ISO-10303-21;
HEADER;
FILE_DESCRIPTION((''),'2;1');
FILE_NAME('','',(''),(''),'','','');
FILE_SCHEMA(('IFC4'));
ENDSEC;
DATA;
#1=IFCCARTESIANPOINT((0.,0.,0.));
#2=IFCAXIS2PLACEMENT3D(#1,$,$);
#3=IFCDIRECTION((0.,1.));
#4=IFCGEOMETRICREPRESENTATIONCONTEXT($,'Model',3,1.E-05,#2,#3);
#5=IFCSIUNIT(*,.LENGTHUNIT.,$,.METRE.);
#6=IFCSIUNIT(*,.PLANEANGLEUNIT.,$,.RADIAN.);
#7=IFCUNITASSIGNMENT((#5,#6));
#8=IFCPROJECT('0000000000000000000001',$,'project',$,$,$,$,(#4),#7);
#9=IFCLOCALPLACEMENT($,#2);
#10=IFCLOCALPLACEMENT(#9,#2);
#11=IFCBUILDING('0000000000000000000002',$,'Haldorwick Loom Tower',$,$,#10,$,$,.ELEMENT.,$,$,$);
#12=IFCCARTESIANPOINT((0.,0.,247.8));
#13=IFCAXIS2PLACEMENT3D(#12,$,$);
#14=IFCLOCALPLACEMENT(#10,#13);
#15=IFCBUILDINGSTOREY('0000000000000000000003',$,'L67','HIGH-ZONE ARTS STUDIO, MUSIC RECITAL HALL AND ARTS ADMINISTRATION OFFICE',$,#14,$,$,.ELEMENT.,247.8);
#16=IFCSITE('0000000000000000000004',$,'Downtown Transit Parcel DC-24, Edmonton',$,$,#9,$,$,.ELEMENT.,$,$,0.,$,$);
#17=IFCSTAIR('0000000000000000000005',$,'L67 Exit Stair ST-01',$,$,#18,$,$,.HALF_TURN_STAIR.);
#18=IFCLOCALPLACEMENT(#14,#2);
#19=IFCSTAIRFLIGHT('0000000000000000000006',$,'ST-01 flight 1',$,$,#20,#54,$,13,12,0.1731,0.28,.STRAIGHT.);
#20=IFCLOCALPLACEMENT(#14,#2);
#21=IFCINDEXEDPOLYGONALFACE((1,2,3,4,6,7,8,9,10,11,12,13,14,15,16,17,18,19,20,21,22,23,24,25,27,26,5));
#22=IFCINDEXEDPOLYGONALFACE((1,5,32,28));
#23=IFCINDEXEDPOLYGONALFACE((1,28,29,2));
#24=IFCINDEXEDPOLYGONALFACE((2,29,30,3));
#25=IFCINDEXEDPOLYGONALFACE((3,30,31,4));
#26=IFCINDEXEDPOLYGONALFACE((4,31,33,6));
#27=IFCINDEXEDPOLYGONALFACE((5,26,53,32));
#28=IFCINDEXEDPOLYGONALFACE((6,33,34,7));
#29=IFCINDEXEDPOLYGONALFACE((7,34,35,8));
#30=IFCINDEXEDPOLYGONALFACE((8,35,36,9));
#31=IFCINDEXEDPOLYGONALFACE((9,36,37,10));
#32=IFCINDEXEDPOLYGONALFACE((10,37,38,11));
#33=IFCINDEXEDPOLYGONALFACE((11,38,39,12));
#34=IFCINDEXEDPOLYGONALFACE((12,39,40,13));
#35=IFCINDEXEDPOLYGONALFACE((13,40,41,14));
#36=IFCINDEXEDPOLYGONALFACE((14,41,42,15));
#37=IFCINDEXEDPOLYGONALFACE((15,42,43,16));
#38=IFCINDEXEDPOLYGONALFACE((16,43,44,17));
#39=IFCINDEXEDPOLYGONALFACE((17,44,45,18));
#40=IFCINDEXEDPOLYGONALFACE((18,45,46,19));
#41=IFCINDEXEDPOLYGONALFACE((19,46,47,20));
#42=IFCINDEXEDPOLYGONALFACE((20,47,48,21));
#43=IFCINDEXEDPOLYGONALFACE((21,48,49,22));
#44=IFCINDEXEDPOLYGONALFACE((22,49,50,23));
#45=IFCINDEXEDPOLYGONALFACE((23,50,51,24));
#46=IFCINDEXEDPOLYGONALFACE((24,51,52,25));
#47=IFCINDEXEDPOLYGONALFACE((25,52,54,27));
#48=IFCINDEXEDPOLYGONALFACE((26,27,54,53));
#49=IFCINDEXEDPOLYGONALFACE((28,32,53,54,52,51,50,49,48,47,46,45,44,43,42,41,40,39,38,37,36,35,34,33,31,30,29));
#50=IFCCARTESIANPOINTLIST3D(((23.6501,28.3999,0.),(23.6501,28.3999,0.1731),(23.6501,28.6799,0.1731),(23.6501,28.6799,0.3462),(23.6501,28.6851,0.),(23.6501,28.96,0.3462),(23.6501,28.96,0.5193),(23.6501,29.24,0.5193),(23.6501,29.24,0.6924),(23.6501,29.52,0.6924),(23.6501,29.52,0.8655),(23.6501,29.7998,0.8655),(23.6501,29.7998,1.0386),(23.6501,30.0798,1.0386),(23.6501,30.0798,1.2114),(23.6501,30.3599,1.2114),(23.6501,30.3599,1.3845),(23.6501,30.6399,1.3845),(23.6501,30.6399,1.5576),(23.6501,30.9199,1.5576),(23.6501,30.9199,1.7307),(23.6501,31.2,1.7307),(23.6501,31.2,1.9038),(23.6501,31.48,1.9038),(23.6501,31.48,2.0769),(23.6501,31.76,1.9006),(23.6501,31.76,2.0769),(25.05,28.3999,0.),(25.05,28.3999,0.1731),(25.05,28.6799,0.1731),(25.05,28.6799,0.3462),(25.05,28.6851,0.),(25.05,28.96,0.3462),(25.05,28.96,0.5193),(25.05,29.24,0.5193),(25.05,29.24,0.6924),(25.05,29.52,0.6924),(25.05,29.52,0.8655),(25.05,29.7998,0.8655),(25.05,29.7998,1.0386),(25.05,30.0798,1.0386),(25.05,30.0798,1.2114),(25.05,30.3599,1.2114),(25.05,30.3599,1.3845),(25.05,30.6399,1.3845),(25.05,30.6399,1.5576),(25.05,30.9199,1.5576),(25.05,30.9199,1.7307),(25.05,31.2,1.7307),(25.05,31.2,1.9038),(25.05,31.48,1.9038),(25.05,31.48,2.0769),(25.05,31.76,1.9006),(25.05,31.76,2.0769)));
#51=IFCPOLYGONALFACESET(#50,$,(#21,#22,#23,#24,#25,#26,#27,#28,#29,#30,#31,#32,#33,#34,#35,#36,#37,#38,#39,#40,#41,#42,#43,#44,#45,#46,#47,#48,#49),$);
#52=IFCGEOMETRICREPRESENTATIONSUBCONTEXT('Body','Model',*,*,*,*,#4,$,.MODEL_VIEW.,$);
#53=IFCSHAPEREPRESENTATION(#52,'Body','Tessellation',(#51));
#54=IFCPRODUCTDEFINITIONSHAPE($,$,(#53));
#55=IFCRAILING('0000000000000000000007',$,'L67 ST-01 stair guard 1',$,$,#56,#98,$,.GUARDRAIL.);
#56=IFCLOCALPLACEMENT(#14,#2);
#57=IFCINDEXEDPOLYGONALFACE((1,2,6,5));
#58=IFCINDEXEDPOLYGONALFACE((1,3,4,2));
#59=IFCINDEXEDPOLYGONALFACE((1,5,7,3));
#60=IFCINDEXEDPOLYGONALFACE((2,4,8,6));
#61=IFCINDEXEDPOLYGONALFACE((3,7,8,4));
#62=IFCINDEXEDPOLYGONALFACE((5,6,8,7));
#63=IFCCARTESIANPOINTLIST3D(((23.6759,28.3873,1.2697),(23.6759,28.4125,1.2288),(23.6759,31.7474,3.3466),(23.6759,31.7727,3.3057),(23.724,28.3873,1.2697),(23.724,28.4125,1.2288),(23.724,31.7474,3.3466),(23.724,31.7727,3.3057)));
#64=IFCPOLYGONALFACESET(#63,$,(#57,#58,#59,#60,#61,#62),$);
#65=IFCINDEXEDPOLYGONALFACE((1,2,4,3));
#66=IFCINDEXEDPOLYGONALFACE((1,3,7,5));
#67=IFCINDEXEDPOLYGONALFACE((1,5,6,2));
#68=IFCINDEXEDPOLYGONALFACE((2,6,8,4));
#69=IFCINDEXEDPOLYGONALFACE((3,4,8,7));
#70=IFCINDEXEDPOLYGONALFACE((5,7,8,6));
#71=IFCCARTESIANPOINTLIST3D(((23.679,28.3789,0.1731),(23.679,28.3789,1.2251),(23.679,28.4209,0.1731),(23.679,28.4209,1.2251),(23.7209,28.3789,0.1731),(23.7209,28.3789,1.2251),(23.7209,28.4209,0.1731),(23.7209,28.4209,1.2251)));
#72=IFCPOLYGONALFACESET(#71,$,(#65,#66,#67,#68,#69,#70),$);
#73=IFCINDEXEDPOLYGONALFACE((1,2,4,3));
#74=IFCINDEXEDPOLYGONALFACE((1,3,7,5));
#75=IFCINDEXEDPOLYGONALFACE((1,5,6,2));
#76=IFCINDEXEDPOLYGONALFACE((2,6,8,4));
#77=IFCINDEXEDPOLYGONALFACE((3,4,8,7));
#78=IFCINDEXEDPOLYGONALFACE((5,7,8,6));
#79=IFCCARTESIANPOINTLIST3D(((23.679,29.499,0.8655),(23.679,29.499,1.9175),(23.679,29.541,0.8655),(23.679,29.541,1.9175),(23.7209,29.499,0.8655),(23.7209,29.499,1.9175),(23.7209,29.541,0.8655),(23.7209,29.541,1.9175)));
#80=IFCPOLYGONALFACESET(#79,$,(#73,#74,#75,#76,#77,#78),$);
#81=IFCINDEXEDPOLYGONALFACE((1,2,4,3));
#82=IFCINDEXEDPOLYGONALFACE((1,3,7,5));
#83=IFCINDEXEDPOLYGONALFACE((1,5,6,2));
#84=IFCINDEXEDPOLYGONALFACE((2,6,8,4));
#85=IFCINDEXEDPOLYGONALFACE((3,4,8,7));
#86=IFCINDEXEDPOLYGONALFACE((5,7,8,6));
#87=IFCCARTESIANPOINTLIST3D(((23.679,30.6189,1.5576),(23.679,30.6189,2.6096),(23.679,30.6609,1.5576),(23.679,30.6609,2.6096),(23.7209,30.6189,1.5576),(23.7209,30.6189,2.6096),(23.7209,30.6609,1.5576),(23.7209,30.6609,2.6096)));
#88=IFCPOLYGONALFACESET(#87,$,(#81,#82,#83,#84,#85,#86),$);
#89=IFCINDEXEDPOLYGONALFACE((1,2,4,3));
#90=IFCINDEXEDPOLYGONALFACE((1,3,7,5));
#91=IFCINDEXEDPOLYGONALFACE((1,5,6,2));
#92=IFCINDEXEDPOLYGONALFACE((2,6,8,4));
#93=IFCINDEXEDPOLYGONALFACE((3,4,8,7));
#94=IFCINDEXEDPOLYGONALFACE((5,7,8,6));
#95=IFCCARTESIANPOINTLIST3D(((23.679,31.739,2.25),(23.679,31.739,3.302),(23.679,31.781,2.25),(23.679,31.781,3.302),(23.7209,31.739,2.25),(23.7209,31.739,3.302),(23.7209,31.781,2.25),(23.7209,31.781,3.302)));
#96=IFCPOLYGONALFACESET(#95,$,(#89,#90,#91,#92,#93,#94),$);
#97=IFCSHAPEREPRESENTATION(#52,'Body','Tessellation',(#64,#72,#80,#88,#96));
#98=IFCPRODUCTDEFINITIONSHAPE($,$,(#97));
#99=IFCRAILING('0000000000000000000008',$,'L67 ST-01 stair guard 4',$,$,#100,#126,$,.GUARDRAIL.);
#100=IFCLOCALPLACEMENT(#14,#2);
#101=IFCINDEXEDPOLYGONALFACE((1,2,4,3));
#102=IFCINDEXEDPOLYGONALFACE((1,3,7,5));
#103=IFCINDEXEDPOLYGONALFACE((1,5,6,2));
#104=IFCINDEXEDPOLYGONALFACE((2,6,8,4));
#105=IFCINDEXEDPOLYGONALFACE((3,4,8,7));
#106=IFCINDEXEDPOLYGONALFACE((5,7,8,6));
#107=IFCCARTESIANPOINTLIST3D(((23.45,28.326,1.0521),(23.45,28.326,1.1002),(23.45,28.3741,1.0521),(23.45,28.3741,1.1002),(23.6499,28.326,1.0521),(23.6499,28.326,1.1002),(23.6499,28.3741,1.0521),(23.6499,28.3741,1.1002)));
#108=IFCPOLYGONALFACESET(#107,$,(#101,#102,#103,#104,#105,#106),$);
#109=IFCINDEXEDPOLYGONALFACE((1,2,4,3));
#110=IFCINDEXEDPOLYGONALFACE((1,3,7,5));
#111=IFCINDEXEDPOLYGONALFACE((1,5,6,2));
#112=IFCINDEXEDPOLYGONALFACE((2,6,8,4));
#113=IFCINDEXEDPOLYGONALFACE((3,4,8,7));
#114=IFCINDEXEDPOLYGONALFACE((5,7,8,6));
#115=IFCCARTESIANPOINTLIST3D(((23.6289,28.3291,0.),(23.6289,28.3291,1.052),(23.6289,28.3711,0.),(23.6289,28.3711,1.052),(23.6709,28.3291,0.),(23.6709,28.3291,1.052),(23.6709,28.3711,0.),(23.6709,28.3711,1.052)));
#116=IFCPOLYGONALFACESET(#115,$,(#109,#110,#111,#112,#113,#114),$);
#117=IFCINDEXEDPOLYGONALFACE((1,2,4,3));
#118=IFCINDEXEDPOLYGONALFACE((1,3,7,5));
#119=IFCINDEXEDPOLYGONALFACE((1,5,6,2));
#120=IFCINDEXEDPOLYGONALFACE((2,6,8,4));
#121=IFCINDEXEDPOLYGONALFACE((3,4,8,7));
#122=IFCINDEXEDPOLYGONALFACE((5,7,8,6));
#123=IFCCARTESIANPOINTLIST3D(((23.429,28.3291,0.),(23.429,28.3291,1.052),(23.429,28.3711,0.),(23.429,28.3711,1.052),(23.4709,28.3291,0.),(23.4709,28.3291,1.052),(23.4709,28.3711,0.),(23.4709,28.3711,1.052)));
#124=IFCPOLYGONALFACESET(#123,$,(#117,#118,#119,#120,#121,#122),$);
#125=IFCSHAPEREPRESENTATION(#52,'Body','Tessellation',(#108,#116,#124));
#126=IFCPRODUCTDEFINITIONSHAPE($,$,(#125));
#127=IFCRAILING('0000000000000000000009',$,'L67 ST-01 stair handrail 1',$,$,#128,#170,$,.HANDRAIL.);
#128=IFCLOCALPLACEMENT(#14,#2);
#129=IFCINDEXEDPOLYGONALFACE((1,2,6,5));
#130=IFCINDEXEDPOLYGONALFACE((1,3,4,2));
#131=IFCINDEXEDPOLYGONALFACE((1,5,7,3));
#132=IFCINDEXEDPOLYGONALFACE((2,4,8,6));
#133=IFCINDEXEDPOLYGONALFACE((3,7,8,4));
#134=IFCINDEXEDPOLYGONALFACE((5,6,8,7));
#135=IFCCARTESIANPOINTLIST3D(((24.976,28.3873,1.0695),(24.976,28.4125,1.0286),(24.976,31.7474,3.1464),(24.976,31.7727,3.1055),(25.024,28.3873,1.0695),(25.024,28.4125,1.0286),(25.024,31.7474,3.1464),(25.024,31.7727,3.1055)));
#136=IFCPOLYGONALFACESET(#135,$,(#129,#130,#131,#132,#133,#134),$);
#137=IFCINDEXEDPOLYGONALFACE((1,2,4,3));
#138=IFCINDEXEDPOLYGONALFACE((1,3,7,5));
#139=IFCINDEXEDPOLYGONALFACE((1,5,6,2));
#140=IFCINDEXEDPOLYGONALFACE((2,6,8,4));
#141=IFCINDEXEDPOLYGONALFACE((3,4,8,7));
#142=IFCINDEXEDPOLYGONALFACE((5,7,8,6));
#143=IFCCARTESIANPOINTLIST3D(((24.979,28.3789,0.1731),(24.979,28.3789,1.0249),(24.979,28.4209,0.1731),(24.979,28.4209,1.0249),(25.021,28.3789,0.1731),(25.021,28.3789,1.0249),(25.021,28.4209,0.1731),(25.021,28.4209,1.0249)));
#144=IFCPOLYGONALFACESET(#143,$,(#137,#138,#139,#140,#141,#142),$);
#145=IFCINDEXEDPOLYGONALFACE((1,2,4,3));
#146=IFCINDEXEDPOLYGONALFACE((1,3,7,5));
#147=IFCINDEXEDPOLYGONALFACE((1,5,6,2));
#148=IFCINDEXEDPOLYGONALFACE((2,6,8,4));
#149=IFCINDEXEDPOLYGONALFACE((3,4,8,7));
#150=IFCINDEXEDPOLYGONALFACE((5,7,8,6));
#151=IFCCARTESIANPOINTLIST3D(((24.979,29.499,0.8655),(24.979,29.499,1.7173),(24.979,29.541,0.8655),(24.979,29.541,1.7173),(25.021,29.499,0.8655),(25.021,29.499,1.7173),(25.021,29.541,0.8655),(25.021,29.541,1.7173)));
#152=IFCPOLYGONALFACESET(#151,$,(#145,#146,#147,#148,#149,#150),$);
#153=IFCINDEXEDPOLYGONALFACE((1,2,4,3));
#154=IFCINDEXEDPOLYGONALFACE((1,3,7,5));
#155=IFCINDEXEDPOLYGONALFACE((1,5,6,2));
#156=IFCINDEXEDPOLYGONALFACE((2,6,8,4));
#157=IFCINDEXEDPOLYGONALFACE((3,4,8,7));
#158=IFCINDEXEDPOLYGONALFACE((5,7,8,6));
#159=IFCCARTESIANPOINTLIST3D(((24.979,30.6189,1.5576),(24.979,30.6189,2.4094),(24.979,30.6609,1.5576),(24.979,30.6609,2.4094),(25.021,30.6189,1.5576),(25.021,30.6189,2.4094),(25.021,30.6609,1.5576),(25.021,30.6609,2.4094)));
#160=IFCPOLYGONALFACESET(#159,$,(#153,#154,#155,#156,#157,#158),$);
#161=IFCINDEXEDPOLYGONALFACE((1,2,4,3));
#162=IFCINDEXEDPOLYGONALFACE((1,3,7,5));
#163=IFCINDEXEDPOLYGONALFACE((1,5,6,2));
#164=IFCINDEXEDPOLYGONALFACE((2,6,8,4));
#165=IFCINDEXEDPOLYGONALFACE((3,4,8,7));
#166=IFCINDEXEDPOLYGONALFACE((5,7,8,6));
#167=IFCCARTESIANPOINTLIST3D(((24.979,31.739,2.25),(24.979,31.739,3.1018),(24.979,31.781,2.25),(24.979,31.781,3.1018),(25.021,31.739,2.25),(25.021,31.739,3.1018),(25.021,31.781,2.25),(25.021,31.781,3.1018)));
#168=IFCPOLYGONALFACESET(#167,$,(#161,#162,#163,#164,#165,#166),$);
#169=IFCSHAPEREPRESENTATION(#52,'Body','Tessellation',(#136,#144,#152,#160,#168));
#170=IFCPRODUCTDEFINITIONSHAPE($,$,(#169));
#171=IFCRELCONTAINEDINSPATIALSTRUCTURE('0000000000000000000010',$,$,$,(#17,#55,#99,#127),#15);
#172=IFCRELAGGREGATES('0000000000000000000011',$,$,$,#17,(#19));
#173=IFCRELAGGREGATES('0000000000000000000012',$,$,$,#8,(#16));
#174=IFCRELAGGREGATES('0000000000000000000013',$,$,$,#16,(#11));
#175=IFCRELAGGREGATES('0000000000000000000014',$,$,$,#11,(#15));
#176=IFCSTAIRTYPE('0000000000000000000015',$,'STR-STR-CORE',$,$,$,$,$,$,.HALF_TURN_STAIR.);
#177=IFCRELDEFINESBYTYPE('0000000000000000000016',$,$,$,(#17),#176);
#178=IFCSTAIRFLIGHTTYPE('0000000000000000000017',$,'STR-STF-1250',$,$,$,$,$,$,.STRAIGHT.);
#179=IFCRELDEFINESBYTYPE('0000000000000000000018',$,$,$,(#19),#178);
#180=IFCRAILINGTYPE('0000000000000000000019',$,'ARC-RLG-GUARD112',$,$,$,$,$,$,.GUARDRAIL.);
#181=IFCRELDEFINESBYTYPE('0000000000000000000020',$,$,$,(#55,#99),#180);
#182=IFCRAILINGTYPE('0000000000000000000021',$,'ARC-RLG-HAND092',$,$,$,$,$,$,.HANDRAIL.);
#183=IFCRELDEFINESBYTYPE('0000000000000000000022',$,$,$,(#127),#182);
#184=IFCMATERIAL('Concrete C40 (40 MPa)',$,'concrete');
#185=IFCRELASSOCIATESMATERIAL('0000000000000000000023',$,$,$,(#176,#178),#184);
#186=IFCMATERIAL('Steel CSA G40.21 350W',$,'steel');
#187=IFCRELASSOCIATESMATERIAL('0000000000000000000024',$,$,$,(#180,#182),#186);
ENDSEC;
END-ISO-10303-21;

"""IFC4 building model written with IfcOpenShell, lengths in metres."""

from ifc_helpers import new_model, si_unit, direction, frame, origin, origin_2d, place, context, subcontext, project, spatial, polyline, rectangle, outline, extrude, material, type_object, element, aggregate, save


model = new_model("IFC4")

# Units and contexts
model_context = context("Model", 3, precision=1e-05, world=origin(), true_north=direction((0.0, 1.0)))
body_context = subcontext(model_context, "Body", "Model", "MODEL_VIEW")
ifc_project = project(units=[si_unit("LENGTHUNIT", "METRE"), si_unit("PLANEANGLEUNIT", "RADIAN")], contexts=[model_context])

# Site, building, storey
site_placement = place(None, origin())
site = spatial("IfcSite", under=ifc_project, at=site_placement, Name="Downtown Transit Parcel DC-24, Edmonton", CompositionType="ELEMENT", RefElevation=0.0)
building_placement = place(site_placement, origin())
building = spatial("IfcBuilding", under=site, at=building_placement, Name="Haldorwick Loom Tower", CompositionType="ELEMENT")
storey_placement = place(building_placement, frame((0.0, 0.0, 247.8)))
storey = spatial("IfcBuildingStorey", under=building, at=storey_placement, Name="L67", Description="HIGH-ZONE ARTS STUDIO, MUSIC RECITAL HALL AND ARTS ADMINISTRATION OFFICE", CompositionType="ELEMENT", Elevation=247.8)

# Shared definitions
ifc_material_1 = material(Name="Steel CSA G40.21 350W", Category="steel")

# Stair, stair flight
ifc_material_2 = material(Name="Concrete C40 (40 MPa)", Category="concrete")
stair_type = type_object("IfcStairType", Name="STR-STR-CORE", PredefinedType="HALF_TURN_STAIR", material=ifc_material_2)
stair_placement = place(storey_placement, origin())
stair = element("IfcStair", 1, at=stair_placement, inside=storey, type_object=stair_type, Name="L67 Exit Stair ST-01", PredefinedType="HALF_TURN_STAIR")
stair_flight_type = type_object("IfcStairFlightType", Name="STR-STF-1250", PredefinedType="STRAIGHT", material=ifc_material_2)
stair_flight_placement = place(storey_placement, frame((24.3501, 28.3999, 0.0), z_axis=(0.0, 0.0, 1.0), x_axis=(0.0, 1.0, 0.0)))
stair_flight = element("IfcStairFlight", 2, at=stair_flight_placement, type_object=stair_flight_type, Name="ST-01 flight 1", NumberOfRisers=13, NumberOfTreads=12, PredefinedType="STRAIGHT", RiserHeight=0.1731, TreadLength=0.28, context=body_context, shape_type="SweptSolid", body=[
    extrude(outline(polyline([(0.0, 0.0), (0.0, 0.1731), (0.28, 0.1731), (0.28, 0.3462), (0.5601, 0.3462), (0.5601, 0.5193), (0.8401, 0.5193), (0.8401, 0.6924), (1.1201, 0.6924), (1.1201, 0.8655), (1.3999, 0.8655), (1.3999, 1.0386), (1.6799, 1.0386), (1.6799, 1.2114), (1.96, 1.2114), (1.96, 1.3845), (2.24, 1.3845), (2.24, 1.5576), (2.52, 1.5576), (2.52, 1.7307), (2.8, 1.7307), (2.8, 1.9038), (3.0801, 1.9038), (3.0801, 2.0769), (3.3601, 2.0769), (3.3601, 2.25), (3.3601, 1.9006), (0.2852, 0.0), (0.0, 0.0)])), frame((0.0, 0.7, 0.0), z_axis=(0.0, -1.0, 0.0), x_axis=(1.0, 0.0, 0.0)), (0.0, 0.0, 1.0), 1.3999),
])
aggregate(stair, [stair_flight])

# Railings
railing_type_1 = type_object("IfcRailingType", Name="ARC-RLG-GUARD112", PredefinedType="GUARDRAIL", material=ifc_material_1)
railing_1_placement = place(storey_placement, frame((23.7, 28.3999, 0.1731)))
element("IfcRailing", 3, at=railing_1_placement, inside=storey, type_object=railing_type_1, Name="L67 ST-01 stair guard 1", PredefinedType="GUARDRAIL", context=body_context, shape_type="SweptSolid", body=[
    extrude(rectangle(XDim=0.0481, YDim=0.0481, at=origin_2d()), frame((0.0, 0.0, 1.0762), z_axis=(0.0, 0.850623, 0.525776), x_axis=(-1.0, 0.0, 0.0)), (0.0, 0.0, 1.0), 3.9502),
    extrude(rectangle(XDim=0.042, YDim=0.042, at=origin_2d()), origin(), (0.0, 0.0, 1.0), 1.052),
    extrude(rectangle(XDim=0.042, YDim=0.042, at=origin_2d()), frame((0.0, 1.1201, 0.6924)), (0.0, 0.0, 1.0), 1.052),
    extrude(rectangle(XDim=0.042, YDim=0.042, at=origin_2d()), frame((0.0, 2.24, 1.3845)), (0.0, 0.0, 1.0), 1.052),
    extrude(rectangle(XDim=0.042, YDim=0.042, at=origin_2d()), frame((0.0, 3.3601, 2.0769)), (0.0, 0.0, 1.0), 1.052),
])
railing_2_placement = place(storey_placement, frame((23.6499, 28.3501, 0.0)))
element("IfcRailing", 4, at=railing_2_placement, inside=storey, type_object=railing_type_1, Name="L67 ST-01 stair guard 4", PredefinedType="GUARDRAIL", context=body_context, shape_type="SweptSolid", body=[
    extrude(rectangle(XDim=0.0481, YDim=0.0481, at=origin_2d()), frame((0.0, 0.0, 1.0762), z_axis=(-1.0, 0.0, 0.0), x_axis=(0.0, -1.0, 0.0)), (0.0, 0.0, 1.0), 0.2),
    extrude(rectangle(XDim=0.042, YDim=0.042, at=origin_2d()), origin(), (0.0, 0.0, 1.0), 1.052),
    extrude(rectangle(XDim=0.042, YDim=0.042, at=origin_2d()), frame((-0.2, 0.0, 0.0)), (0.0, 0.0, 1.0), 1.052),
])
railing_type_2 = type_object("IfcRailingType", Name="ARC-RLG-HAND092", PredefinedType="HANDRAIL", material=ifc_material_1)
railing_3_placement = place(storey_placement, frame((25.0, 28.3999, 0.1731)))
element("IfcRailing", 5, at=railing_3_placement, inside=storey, type_object=railing_type_2, Name="L67 ST-01 stair handrail 1", PredefinedType="HANDRAIL", context=body_context, shape_type="SweptSolid", body=[
    extrude(rectangle(XDim=0.0481, YDim=0.0481, at=origin_2d()), frame((0.0, 0.0, 0.876), z_axis=(0.0, 0.850623, 0.525776), x_axis=(-1.0, 0.0, 0.0)), (0.0, 0.0, 1.0), 3.9502),
    extrude(rectangle(XDim=0.042, YDim=0.042, at=origin_2d()), origin(), (0.0, 0.0, 1.0), 0.8518),
    extrude(rectangle(XDim=0.042, YDim=0.042, at=origin_2d()), frame((0.0, 1.1201, 0.6924)), (0.0, 0.0, 1.0), 0.8518),
    extrude(rectangle(XDim=0.042, YDim=0.042, at=origin_2d()), frame((0.0, 2.24, 1.3845)), (0.0, 0.0, 1.0), 0.8518),
    extrude(rectangle(XDim=0.042, YDim=0.042, at=origin_2d()), frame((0.0, 3.3601, 2.0769)), (0.0, 0.0, 1.0), 0.8518),
])

save(model, "model.ifc")
